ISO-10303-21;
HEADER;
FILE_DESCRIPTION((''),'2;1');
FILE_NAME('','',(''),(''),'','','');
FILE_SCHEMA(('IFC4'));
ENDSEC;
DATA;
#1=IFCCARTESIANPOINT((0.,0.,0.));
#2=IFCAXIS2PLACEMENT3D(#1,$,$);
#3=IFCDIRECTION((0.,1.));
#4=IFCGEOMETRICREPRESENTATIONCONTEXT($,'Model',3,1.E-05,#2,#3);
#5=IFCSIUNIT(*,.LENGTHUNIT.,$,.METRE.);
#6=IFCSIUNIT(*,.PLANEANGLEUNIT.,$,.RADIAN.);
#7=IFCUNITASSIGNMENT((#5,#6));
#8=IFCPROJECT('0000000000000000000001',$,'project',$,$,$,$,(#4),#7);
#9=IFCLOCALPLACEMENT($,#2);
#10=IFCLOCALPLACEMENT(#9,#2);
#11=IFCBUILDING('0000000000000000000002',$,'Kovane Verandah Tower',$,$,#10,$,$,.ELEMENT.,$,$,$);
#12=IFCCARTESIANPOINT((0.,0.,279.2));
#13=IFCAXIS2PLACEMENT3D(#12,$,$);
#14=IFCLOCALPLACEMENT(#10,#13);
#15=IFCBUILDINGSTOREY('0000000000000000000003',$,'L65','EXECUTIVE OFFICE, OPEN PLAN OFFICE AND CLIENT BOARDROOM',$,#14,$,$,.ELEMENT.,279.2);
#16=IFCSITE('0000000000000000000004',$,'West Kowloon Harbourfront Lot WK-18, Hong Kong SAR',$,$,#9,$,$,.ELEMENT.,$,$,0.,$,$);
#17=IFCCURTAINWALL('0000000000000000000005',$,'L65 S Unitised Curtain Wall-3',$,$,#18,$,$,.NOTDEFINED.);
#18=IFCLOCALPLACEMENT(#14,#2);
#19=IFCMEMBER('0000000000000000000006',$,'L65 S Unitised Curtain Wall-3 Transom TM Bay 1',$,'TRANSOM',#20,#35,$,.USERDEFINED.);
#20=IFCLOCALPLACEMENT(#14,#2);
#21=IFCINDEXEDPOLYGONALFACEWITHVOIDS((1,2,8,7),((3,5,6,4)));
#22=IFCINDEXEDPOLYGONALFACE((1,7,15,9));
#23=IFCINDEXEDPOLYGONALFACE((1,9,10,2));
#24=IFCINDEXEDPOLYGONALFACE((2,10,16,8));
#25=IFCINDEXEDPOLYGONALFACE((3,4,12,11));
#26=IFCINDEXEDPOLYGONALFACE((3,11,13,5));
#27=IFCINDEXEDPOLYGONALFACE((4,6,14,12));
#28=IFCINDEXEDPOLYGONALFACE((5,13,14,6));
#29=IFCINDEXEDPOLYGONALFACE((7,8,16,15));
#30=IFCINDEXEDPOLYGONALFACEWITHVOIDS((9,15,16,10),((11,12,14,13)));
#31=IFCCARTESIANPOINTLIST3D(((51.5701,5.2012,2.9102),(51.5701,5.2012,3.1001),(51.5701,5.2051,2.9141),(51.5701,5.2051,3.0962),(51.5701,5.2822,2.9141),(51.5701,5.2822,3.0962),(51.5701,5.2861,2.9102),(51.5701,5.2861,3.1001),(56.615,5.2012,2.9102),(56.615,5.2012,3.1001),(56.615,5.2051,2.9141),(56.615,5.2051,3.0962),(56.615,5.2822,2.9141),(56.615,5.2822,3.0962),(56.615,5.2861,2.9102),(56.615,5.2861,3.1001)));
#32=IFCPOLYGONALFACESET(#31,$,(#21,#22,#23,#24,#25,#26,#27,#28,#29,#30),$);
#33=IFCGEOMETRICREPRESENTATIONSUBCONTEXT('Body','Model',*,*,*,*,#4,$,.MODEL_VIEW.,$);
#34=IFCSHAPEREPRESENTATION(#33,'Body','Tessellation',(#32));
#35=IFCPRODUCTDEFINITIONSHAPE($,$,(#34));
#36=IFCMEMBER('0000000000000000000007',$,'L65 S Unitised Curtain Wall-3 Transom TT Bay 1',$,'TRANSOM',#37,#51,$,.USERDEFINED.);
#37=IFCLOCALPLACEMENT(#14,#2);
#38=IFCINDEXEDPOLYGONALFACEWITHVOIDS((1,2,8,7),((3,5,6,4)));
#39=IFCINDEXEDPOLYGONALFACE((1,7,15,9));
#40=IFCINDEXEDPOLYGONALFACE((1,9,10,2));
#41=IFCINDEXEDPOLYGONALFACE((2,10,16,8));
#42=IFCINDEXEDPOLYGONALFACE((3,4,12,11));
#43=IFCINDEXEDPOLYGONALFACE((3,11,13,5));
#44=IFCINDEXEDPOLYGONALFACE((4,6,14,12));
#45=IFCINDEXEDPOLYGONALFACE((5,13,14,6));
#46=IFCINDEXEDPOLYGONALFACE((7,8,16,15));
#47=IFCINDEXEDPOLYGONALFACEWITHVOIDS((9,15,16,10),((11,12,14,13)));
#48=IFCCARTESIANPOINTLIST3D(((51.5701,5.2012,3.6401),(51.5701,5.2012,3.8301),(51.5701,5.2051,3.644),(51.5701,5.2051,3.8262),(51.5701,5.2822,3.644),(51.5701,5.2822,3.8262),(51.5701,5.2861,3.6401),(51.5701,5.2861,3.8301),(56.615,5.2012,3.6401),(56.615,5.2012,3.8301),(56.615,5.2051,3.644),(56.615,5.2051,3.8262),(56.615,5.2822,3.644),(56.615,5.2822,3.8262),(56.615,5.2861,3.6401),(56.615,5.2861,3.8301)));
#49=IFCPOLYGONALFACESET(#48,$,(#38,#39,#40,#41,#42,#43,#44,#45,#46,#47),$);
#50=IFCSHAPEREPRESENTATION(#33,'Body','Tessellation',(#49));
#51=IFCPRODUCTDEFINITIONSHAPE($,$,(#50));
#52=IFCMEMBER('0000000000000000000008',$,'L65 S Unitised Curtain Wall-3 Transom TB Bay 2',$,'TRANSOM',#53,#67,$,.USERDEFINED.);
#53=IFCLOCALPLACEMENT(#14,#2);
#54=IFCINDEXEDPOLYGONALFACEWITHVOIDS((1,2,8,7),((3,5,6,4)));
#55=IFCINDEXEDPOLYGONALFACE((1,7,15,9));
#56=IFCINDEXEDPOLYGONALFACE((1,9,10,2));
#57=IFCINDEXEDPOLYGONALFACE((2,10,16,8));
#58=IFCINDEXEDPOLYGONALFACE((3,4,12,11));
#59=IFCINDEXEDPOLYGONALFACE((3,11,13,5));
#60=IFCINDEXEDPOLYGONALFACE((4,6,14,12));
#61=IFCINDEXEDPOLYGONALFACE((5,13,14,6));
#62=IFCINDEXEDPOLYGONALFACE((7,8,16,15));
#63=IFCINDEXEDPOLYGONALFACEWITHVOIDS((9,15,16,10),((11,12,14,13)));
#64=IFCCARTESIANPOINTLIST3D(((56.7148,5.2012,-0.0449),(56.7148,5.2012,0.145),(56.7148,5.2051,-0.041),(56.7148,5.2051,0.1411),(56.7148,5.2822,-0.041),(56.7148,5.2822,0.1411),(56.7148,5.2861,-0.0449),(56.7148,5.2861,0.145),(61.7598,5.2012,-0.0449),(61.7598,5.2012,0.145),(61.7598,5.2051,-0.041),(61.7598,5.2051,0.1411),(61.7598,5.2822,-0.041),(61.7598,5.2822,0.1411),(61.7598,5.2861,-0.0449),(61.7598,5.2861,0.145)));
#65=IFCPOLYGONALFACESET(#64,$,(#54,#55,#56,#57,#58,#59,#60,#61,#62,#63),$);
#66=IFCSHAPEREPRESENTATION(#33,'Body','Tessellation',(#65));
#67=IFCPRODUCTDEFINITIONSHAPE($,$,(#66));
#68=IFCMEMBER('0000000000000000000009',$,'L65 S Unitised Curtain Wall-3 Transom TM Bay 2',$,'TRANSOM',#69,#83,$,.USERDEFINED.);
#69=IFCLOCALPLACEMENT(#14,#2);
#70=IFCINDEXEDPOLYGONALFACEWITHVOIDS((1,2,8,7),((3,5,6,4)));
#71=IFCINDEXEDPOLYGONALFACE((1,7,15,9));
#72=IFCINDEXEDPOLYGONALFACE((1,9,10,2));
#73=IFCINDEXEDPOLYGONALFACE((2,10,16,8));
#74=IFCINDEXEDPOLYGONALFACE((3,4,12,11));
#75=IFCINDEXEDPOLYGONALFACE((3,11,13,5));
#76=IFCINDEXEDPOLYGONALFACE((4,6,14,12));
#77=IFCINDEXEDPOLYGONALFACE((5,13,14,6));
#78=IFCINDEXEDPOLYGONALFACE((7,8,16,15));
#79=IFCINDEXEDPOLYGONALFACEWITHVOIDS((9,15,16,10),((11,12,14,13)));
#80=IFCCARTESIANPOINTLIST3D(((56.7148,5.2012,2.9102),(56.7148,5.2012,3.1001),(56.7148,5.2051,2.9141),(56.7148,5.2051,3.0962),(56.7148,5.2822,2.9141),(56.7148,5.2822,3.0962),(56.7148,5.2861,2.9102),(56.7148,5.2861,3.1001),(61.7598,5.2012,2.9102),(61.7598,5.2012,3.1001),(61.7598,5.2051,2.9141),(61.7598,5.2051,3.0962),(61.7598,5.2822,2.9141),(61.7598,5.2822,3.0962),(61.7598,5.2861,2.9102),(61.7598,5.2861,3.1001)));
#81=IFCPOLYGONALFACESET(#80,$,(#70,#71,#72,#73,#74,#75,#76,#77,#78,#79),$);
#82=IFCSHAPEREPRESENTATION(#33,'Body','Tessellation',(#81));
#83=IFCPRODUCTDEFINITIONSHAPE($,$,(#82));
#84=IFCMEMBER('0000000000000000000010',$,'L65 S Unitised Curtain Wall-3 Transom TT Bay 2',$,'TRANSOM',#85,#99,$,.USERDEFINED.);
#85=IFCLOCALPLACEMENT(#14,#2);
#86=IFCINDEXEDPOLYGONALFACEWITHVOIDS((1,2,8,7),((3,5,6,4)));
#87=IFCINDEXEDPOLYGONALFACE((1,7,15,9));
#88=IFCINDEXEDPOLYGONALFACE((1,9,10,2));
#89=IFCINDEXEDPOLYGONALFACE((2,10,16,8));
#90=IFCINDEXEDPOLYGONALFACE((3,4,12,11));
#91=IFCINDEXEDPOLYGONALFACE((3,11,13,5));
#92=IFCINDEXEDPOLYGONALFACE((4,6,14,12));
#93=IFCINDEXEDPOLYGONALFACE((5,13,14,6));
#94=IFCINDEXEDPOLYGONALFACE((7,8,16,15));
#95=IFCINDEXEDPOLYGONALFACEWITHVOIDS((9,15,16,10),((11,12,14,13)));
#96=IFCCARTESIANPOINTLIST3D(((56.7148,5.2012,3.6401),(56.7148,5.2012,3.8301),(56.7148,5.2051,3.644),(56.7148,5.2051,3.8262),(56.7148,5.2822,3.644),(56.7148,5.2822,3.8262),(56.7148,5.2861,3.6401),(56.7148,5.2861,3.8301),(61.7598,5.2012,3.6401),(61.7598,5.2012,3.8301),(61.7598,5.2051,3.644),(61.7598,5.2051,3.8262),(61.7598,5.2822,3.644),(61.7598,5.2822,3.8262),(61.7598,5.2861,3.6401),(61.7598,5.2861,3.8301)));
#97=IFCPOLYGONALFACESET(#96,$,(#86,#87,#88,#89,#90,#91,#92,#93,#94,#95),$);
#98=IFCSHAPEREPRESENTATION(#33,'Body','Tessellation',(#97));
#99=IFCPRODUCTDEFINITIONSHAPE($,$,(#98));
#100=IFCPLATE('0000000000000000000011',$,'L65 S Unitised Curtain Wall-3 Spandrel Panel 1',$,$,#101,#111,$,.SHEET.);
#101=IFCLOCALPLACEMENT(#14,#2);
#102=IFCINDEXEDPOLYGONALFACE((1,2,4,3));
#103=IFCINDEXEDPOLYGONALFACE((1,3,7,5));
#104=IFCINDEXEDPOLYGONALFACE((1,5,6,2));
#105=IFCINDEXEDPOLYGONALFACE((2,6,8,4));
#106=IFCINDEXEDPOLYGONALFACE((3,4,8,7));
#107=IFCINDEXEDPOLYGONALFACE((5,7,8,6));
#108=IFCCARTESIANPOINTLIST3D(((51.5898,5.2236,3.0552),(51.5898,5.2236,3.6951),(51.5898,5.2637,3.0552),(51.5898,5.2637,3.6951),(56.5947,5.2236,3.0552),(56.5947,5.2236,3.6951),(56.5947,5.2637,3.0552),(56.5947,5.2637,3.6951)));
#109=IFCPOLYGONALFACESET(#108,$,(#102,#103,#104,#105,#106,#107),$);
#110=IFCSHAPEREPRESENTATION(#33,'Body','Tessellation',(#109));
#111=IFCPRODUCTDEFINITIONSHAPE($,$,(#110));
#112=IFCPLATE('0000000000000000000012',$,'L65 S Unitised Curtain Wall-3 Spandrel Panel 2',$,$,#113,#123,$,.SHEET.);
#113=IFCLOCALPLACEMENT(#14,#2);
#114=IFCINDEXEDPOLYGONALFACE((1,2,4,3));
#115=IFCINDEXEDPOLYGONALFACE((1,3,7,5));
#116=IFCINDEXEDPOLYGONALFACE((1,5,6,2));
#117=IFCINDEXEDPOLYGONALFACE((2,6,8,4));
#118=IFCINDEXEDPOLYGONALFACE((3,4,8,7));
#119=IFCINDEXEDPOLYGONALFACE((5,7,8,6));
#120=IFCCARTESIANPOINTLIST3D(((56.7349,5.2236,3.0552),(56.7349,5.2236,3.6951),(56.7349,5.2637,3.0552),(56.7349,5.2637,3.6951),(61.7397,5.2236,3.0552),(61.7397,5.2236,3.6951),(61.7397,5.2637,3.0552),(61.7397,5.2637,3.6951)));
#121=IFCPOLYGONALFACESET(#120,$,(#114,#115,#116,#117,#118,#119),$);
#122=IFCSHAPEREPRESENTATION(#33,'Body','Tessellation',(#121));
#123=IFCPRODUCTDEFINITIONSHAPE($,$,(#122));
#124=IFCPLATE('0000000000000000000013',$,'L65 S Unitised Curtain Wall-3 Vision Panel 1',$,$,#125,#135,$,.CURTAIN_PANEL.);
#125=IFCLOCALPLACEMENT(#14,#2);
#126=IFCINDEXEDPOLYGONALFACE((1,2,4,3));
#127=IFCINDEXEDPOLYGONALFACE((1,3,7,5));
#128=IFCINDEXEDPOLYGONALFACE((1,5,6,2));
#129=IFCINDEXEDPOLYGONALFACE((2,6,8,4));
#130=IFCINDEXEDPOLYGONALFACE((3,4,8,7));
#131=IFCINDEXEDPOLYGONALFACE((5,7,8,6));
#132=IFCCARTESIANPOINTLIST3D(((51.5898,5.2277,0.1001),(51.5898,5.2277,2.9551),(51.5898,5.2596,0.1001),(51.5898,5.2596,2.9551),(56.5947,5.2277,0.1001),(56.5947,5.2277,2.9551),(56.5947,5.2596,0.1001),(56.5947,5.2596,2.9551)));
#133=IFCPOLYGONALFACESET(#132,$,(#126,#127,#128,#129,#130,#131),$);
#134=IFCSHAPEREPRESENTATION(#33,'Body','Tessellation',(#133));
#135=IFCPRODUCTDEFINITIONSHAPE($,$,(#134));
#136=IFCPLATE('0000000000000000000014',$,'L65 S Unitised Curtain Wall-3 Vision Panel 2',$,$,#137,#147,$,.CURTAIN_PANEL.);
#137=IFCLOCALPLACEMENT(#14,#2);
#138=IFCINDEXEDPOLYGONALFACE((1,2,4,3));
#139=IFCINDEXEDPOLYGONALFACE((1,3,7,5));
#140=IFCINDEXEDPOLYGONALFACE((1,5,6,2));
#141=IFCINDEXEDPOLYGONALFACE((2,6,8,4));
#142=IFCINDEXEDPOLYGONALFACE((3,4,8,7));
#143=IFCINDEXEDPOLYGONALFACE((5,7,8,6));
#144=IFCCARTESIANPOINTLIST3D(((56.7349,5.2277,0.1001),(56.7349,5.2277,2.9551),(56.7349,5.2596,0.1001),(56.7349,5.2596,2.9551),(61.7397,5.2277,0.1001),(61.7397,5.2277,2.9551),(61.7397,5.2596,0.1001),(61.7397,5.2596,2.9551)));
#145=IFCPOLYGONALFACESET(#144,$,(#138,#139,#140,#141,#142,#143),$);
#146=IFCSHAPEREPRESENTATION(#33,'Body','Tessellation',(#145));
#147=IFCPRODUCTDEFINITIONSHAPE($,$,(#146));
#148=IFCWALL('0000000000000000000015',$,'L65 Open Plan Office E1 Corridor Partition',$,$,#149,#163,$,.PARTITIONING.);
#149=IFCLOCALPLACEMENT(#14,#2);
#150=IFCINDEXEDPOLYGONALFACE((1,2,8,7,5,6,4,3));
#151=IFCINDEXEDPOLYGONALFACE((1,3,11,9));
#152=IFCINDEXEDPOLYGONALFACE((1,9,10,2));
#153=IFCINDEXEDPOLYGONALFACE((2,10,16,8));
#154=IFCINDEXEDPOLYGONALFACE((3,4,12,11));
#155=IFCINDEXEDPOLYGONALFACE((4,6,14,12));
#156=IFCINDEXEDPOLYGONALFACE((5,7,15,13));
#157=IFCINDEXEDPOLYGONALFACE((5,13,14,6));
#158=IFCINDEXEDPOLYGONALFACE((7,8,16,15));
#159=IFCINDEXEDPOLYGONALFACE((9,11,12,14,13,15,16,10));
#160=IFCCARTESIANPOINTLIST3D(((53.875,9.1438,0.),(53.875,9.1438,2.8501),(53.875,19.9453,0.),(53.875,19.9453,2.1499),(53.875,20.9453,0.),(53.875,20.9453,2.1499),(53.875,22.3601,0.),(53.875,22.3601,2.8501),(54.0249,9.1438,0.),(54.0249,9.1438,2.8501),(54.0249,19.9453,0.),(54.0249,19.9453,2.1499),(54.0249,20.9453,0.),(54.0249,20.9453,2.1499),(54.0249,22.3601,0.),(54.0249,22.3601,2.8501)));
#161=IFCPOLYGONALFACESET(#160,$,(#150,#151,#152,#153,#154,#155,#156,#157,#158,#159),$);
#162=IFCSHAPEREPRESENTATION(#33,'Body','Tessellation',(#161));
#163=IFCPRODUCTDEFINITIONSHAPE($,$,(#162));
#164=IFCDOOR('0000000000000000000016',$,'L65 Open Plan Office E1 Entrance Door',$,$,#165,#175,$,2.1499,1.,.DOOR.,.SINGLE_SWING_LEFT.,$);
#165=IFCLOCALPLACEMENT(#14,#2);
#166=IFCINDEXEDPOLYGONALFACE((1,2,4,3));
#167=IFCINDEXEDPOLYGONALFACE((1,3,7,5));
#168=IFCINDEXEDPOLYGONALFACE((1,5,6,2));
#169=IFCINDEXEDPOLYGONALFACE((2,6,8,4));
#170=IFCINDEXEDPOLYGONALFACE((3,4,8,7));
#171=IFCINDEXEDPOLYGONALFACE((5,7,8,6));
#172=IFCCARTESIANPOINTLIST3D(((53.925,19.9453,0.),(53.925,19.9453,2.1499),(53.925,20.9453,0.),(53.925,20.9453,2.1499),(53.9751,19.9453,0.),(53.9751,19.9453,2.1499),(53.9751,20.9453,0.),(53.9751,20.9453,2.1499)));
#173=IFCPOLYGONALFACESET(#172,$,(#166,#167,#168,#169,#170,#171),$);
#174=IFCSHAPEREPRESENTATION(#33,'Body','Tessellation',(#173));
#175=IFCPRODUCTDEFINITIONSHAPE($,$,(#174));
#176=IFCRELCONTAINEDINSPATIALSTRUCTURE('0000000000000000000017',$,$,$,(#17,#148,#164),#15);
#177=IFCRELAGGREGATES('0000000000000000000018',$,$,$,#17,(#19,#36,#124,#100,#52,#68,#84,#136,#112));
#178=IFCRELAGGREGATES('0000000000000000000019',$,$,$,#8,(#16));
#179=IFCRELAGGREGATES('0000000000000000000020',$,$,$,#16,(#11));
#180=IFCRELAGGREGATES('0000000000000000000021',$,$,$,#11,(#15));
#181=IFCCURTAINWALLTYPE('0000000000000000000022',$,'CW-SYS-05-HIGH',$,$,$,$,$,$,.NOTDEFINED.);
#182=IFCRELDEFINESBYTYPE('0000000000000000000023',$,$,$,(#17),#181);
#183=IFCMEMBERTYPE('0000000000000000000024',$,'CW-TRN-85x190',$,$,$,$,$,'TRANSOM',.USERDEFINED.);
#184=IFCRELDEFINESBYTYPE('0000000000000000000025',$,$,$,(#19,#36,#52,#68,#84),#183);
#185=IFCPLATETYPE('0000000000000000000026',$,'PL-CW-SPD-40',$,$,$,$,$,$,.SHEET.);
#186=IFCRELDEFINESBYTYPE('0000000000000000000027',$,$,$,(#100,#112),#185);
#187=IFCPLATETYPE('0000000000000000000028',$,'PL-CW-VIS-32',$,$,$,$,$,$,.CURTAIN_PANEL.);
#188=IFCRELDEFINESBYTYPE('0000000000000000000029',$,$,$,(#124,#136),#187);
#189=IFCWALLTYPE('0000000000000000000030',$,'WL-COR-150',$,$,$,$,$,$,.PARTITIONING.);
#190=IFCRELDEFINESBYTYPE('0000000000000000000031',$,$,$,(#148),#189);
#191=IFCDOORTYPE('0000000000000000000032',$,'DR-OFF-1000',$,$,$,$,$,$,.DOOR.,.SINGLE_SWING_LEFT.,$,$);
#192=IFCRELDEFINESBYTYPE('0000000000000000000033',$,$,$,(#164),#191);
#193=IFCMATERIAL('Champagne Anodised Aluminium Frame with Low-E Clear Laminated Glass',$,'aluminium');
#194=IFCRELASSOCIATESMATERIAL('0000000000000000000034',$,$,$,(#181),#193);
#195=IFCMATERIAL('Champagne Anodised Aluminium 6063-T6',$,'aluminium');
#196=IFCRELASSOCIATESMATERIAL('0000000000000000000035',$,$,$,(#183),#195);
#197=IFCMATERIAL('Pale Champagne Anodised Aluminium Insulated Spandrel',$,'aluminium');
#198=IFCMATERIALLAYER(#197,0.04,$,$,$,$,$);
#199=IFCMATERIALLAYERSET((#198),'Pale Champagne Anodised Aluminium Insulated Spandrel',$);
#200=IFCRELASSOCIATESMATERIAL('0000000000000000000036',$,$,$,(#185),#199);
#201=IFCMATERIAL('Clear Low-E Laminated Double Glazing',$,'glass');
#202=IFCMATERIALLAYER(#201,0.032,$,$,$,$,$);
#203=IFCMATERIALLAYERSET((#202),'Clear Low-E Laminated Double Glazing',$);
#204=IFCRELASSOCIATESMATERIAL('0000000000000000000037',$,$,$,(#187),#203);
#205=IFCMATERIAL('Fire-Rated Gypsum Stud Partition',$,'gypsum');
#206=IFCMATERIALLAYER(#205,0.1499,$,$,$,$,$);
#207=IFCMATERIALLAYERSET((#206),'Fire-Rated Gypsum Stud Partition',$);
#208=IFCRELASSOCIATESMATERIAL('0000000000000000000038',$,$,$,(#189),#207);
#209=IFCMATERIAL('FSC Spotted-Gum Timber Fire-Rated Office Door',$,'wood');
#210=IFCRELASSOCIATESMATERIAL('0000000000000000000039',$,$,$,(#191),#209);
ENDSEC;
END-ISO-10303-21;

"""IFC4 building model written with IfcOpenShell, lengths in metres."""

from ifc_helpers import new_model, si_unit, direction, frame, frame_2d, origin, origin_2d, place, context, subcontext, project, spatial, rectangle, hollow_rectangle, extrude, material, layer, layer_set, material_profile, profile_set, type_object, element, fill, aggregate, save


model = new_model("IFC4")

# Units and contexts
model_context = context("Model", 3, precision=1e-05, world=origin(), true_north=direction((0.0, 1.0)))
body_context = subcontext(model_context, "Body", "Model", "MODEL_VIEW")
ifc_project = project(units=[si_unit("LENGTHUNIT", "METRE"), si_unit("PLANEANGLEUNIT", "RADIAN")], contexts=[model_context])

# Site, building, storey
site_placement = place(None, origin())
site = spatial("IfcSite", under=ifc_project, at=site_placement, Name="West Kowloon Harbourfront Lot WK-18, Hong Kong SAR", CompositionType="ELEMENT", RefElevation=0.0)
building_placement = place(site_placement, origin())
building = spatial("IfcBuilding", under=site, at=building_placement, Name="Kovane Verandah Tower", CompositionType="ELEMENT")
storey_placement = place(building_placement, frame((0.0, 0.0, 279.2)))
storey = spatial("IfcBuildingStorey", under=building, at=storey_placement, Name="L65", Description="EXECUTIVE OFFICE, OPEN PLAN OFFICE AND CLIENT BOARDROOM", CompositionType="ELEMENT", Elevation=279.2)

# Curtain wall, members, plates
ifc_material_1 = material(Name="Champagne Anodised Aluminium Frame with Low-E Clear Laminated Glass", Category="aluminium")
curtain_wall_type = type_object("IfcCurtainWallType", Name="CW-SYS-05-HIGH", PredefinedType="NOTDEFINED", material=ifc_material_1)
curtain_wall_placement = place(storey_placement, origin())
curtain_wall = element("IfcCurtainWall", 1, at=curtain_wall_placement, inside=storey, type_object=curtain_wall_type, Name="L65 S Unitised Curtain Wall-3", PredefinedType="NOTDEFINED")
ifc_material_2 = material(Name="Champagne Anodised Aluminium 6063-T6", Category="aluminium")
ifc_material_profile_1 = material_profile(ifc_material_2, hollow_rectangle(XDim=0.085, YDim=0.1899, WallThickness=0.0039, at=origin_2d()), Name="AL85x190x4")
ifc_profile_set_1 = profile_set([ifc_material_profile_1], Name="Champagne Anodised Aluminium 6063-T6")
member_type_1 = type_object("IfcMemberType", Name="CW-TRN-85x190", ElementType="TRANSOM", PredefinedType="USERDEFINED", material=ifc_profile_set_1)
member_1_placement = place(storey_placement, frame((51.5701, 5.2437, 3.0051), z_axis=(1.0, 0.0, 0.0), x_axis=(0.0, 1.0, 0.0)))
member_1 = element("IfcMember", 2, at=member_1_placement, type_object=member_type_1, Name="L65 S Unitised Curtain Wall-3 Transom TM Bay 1", ObjectType="TRANSOM", PredefinedType="USERDEFINED", context=body_context, shape_type="SweptSolid", body=[
    extrude(hollow_rectangle(XDim=0.085, YDim=0.1899, WallThickness=0.0039, at=origin_2d()), origin(), (0.0, 0.0, 1.0), 5.0449),
])
member_2_placement = place(storey_placement, frame((51.5701, 5.2437, 3.7351), z_axis=(1.0, 0.0, 0.0), x_axis=(0.0, 1.0, 0.0)))
member_2 = element("IfcMember", 3, at=member_2_placement, type_object=member_type_1, Name="L65 S Unitised Curtain Wall-3 Transom TT Bay 1", ObjectType="TRANSOM", PredefinedType="USERDEFINED", context=body_context, shape_type="SweptSolid", body=[
    extrude(hollow_rectangle(XDim=0.085, YDim=0.1899, WallThickness=0.0039, at=origin_2d()), origin(), (0.0, 0.0, 1.0), 5.0449),
])
member_3_placement = place(storey_placement, frame((56.7148, 5.2437, 0.05), z_axis=(1.0, 0.0, 0.0), x_axis=(0.0, 1.0, 0.0)))
member_3 = element("IfcMember", 4, at=member_3_placement, type_object=member_type_1, Name="L65 S Unitised Curtain Wall-3 Transom TB Bay 2", ObjectType="TRANSOM", PredefinedType="USERDEFINED", context=body_context, shape_type="SweptSolid", body=[
    extrude(hollow_rectangle(XDim=0.085, YDim=0.1899, WallThickness=0.0039, at=origin_2d()), origin(), (0.0, 0.0, 1.0), 5.0449),
])
member_4_placement = place(storey_placement, frame((56.7148, 5.2437, 3.0051), z_axis=(1.0, 0.0, 0.0), x_axis=(0.0, 1.0, 0.0)))
member_4 = element("IfcMember", 5, at=member_4_placement, type_object=member_type_1, Name="L65 S Unitised Curtain Wall-3 Transom TM Bay 2", ObjectType="TRANSOM", PredefinedType="USERDEFINED", context=body_context, shape_type="SweptSolid", body=[
    extrude(hollow_rectangle(XDim=0.085, YDim=0.1899, WallThickness=0.0039, at=origin_2d()), origin(), (0.0, 0.0, 1.0), 5.0449),
])
member_5_placement = place(storey_placement, frame((56.7148, 5.2437, 3.7351), z_axis=(1.0, 0.0, 0.0), x_axis=(0.0, 1.0, 0.0)))
member_5 = element("IfcMember", 6, at=member_5_placement, type_object=member_type_1, Name="L65 S Unitised Curtain Wall-3 Transom TT Bay 2", ObjectType="TRANSOM", PredefinedType="USERDEFINED", context=body_context, shape_type="SweptSolid", body=[
    extrude(hollow_rectangle(XDim=0.085, YDim=0.1899, WallThickness=0.0039, at=origin_2d()), origin(), (0.0, 0.0, 1.0), 5.0449),
])
ifc_material_3 = material(Name="Pale Champagne Anodised Aluminium Insulated Spandrel", Category="aluminium")
ifc_layer_1 = layer(ifc_material_3, 0.04)
ifc_layer_set_1 = layer_set([ifc_layer_1], Name="Pale Champagne Anodised Aluminium Insulated Spandrel")
plate_type_1 = type_object("IfcPlateType", Name="PL-CW-SPD-40", PredefinedType="SHEET", material=ifc_layer_set_1)
plate_1_placement = place(storey_placement, frame((54.0923, 5.2437, 3.0552), z_axis=(0.0, 0.0, 1.0), x_axis=(1.0, 0.0, 0.0)))
plate_1 = element("IfcPlate", 7, at=plate_1_placement, type_object=plate_type_1, Name="L65 S Unitised Curtain Wall-3 Spandrel Panel 1", PredefinedType="SHEET", context=body_context, shape_type="SweptSolid", body=[
    extrude(rectangle(XDim=5.0049, YDim=0.04, at=origin_2d()), origin(), (0.0, 0.0, 1.0), 0.6399),
])
plate_2_placement = place(storey_placement, frame((59.2373, 5.2437, 3.0552), z_axis=(0.0, 0.0, 1.0), x_axis=(1.0, 0.0, 0.0)))
plate_2 = element("IfcPlate", 8, at=plate_2_placement, type_object=plate_type_1, Name="L65 S Unitised Curtain Wall-3 Spandrel Panel 2", PredefinedType="SHEET", context=body_context, shape_type="SweptSolid", body=[
    extrude(rectangle(XDim=5.0049, YDim=0.04, at=origin_2d()), origin(), (0.0, 0.0, 1.0), 0.6399),
])
ifc_material_4 = material(Name="Clear Low-E Laminated Double Glazing", Category="glass")
ifc_layer_2 = layer(ifc_material_4, 0.032)
ifc_layer_set_2 = layer_set([ifc_layer_2], Name="Clear Low-E Laminated Double Glazing")
plate_type_2 = type_object("IfcPlateType", Name="PL-CW-VIS-32", PredefinedType="CURTAIN_PANEL", material=ifc_layer_set_2)
plate_3_placement = place(storey_placement, frame((54.0923, 5.2437, 0.1001), z_axis=(0.0, 0.0, 1.0), x_axis=(1.0, 0.0, 0.0)))
plate_3 = element("IfcPlate", 9, at=plate_3_placement, type_object=plate_type_2, Name="L65 S Unitised Curtain Wall-3 Vision Panel 1", PredefinedType="CURTAIN_PANEL", context=body_context, shape_type="SweptSolid", body=[
    extrude(rectangle(XDim=5.0049, YDim=0.032, at=origin_2d()), origin(), (0.0, 0.0, 1.0), 2.855),
])
plate_4_placement = place(storey_placement, frame((59.2373, 5.2437, 0.1001), z_axis=(0.0, 0.0, 1.0), x_axis=(1.0, 0.0, 0.0)))
plate_4 = element("IfcPlate", 10, at=plate_4_placement, type_object=plate_type_2, Name="L65 S Unitised Curtain Wall-3 Vision Panel 2", PredefinedType="CURTAIN_PANEL", context=body_context, shape_type="SweptSolid", body=[
    extrude(rectangle(XDim=5.0049, YDim=0.032, at=origin_2d()), origin(), (0.0, 0.0, 1.0), 2.855),
])
aggregate(curtain_wall, [member_1, member_2, plate_3, plate_1, member_3, member_4, member_5, plate_4, plate_2])

# Wall, opening, door
ifc_material_5 = material(Name="Fire-Rated Gypsum Stud Partition", Category="gypsum")
ifc_layer_3 = layer(ifc_material_5, 0.1499)
ifc_layer_set_3 = layer_set([ifc_layer_3], Name="Fire-Rated Gypsum Stud Partition")
wall_type_1 = type_object("IfcWallType", Name="WL-COR-150", PredefinedType="PARTITIONING", material=ifc_layer_set_3)
wall_1_placement = place(storey_placement, frame((53.95, 9.1438, 0.0), z_axis=(0.0, 0.0, 1.0), x_axis=(0.0, 1.0, 0.0)))
wall_1 = element("IfcWall", 11, at=wall_1_placement, inside=storey, type_object=wall_type_1, Name="L65 Open Plan Office E1 Corridor Partition", PredefinedType="PARTITIONING", context=body_context, shape_type="SweptSolid", body=[
    extrude(rectangle(XDim=13.2163, YDim=0.1499, at=frame_2d((6.6082, 0.0))), origin(), (0.0, 0.0, 1.0), 2.8501),
])
opening_1_placement = place(wall_1_placement, frame((10.8015, 0.0, 0.0)))
opening_1 = element("IfcOpeningElement", 12, at=opening_1_placement, cuts=wall_1, PredefinedType="OPENING", context=body_context, shape_type="SweptSolid", body=[
    extrude(rectangle(XDim=1.0, YDim=2.1499, at=frame_2d((0.5, 1.075))), frame((0.0, 0.075, 0.0), z_axis=(0.0, -1.0, 0.0), x_axis=(1.0, 0.0, 0.0)), (0.0, 0.0, 1.0), 0.1499),
])
ifc_material_6 = material(Name="FSC Spotted-Gum Timber Fire-Rated Office Door", Category="wood")
door_type_1 = type_object("IfcDoorType", Name="DR-OFF-1000", OperationType="SINGLE_SWING_LEFT", PredefinedType="DOOR", material=ifc_material_6)
door_1_placement = place(opening_1_placement, origin())
door_1 = element("IfcDoor", 13, at=door_1_placement, inside=storey, type_object=door_type_1, Name="L65 Open Plan Office E1 Entrance Door", OperationType="SINGLE_SWING_LEFT", OverallHeight=2.1499, OverallWidth=1.0, PredefinedType="DOOR", context=body_context, shape_type="SweptSolid", body=[
    extrude(rectangle(XDim=1.0, YDim=2.1499, at=frame_2d((0.5, 1.075))), frame((0.0, 0.0249, 0.0), z_axis=(0.0, -1.0, 0.0), x_axis=(1.0, 0.0, 0.0)), (0.0, 0.0, 1.0), 0.05),
])
fill(opening_1, door_1)

save(model, "model.ifc")
